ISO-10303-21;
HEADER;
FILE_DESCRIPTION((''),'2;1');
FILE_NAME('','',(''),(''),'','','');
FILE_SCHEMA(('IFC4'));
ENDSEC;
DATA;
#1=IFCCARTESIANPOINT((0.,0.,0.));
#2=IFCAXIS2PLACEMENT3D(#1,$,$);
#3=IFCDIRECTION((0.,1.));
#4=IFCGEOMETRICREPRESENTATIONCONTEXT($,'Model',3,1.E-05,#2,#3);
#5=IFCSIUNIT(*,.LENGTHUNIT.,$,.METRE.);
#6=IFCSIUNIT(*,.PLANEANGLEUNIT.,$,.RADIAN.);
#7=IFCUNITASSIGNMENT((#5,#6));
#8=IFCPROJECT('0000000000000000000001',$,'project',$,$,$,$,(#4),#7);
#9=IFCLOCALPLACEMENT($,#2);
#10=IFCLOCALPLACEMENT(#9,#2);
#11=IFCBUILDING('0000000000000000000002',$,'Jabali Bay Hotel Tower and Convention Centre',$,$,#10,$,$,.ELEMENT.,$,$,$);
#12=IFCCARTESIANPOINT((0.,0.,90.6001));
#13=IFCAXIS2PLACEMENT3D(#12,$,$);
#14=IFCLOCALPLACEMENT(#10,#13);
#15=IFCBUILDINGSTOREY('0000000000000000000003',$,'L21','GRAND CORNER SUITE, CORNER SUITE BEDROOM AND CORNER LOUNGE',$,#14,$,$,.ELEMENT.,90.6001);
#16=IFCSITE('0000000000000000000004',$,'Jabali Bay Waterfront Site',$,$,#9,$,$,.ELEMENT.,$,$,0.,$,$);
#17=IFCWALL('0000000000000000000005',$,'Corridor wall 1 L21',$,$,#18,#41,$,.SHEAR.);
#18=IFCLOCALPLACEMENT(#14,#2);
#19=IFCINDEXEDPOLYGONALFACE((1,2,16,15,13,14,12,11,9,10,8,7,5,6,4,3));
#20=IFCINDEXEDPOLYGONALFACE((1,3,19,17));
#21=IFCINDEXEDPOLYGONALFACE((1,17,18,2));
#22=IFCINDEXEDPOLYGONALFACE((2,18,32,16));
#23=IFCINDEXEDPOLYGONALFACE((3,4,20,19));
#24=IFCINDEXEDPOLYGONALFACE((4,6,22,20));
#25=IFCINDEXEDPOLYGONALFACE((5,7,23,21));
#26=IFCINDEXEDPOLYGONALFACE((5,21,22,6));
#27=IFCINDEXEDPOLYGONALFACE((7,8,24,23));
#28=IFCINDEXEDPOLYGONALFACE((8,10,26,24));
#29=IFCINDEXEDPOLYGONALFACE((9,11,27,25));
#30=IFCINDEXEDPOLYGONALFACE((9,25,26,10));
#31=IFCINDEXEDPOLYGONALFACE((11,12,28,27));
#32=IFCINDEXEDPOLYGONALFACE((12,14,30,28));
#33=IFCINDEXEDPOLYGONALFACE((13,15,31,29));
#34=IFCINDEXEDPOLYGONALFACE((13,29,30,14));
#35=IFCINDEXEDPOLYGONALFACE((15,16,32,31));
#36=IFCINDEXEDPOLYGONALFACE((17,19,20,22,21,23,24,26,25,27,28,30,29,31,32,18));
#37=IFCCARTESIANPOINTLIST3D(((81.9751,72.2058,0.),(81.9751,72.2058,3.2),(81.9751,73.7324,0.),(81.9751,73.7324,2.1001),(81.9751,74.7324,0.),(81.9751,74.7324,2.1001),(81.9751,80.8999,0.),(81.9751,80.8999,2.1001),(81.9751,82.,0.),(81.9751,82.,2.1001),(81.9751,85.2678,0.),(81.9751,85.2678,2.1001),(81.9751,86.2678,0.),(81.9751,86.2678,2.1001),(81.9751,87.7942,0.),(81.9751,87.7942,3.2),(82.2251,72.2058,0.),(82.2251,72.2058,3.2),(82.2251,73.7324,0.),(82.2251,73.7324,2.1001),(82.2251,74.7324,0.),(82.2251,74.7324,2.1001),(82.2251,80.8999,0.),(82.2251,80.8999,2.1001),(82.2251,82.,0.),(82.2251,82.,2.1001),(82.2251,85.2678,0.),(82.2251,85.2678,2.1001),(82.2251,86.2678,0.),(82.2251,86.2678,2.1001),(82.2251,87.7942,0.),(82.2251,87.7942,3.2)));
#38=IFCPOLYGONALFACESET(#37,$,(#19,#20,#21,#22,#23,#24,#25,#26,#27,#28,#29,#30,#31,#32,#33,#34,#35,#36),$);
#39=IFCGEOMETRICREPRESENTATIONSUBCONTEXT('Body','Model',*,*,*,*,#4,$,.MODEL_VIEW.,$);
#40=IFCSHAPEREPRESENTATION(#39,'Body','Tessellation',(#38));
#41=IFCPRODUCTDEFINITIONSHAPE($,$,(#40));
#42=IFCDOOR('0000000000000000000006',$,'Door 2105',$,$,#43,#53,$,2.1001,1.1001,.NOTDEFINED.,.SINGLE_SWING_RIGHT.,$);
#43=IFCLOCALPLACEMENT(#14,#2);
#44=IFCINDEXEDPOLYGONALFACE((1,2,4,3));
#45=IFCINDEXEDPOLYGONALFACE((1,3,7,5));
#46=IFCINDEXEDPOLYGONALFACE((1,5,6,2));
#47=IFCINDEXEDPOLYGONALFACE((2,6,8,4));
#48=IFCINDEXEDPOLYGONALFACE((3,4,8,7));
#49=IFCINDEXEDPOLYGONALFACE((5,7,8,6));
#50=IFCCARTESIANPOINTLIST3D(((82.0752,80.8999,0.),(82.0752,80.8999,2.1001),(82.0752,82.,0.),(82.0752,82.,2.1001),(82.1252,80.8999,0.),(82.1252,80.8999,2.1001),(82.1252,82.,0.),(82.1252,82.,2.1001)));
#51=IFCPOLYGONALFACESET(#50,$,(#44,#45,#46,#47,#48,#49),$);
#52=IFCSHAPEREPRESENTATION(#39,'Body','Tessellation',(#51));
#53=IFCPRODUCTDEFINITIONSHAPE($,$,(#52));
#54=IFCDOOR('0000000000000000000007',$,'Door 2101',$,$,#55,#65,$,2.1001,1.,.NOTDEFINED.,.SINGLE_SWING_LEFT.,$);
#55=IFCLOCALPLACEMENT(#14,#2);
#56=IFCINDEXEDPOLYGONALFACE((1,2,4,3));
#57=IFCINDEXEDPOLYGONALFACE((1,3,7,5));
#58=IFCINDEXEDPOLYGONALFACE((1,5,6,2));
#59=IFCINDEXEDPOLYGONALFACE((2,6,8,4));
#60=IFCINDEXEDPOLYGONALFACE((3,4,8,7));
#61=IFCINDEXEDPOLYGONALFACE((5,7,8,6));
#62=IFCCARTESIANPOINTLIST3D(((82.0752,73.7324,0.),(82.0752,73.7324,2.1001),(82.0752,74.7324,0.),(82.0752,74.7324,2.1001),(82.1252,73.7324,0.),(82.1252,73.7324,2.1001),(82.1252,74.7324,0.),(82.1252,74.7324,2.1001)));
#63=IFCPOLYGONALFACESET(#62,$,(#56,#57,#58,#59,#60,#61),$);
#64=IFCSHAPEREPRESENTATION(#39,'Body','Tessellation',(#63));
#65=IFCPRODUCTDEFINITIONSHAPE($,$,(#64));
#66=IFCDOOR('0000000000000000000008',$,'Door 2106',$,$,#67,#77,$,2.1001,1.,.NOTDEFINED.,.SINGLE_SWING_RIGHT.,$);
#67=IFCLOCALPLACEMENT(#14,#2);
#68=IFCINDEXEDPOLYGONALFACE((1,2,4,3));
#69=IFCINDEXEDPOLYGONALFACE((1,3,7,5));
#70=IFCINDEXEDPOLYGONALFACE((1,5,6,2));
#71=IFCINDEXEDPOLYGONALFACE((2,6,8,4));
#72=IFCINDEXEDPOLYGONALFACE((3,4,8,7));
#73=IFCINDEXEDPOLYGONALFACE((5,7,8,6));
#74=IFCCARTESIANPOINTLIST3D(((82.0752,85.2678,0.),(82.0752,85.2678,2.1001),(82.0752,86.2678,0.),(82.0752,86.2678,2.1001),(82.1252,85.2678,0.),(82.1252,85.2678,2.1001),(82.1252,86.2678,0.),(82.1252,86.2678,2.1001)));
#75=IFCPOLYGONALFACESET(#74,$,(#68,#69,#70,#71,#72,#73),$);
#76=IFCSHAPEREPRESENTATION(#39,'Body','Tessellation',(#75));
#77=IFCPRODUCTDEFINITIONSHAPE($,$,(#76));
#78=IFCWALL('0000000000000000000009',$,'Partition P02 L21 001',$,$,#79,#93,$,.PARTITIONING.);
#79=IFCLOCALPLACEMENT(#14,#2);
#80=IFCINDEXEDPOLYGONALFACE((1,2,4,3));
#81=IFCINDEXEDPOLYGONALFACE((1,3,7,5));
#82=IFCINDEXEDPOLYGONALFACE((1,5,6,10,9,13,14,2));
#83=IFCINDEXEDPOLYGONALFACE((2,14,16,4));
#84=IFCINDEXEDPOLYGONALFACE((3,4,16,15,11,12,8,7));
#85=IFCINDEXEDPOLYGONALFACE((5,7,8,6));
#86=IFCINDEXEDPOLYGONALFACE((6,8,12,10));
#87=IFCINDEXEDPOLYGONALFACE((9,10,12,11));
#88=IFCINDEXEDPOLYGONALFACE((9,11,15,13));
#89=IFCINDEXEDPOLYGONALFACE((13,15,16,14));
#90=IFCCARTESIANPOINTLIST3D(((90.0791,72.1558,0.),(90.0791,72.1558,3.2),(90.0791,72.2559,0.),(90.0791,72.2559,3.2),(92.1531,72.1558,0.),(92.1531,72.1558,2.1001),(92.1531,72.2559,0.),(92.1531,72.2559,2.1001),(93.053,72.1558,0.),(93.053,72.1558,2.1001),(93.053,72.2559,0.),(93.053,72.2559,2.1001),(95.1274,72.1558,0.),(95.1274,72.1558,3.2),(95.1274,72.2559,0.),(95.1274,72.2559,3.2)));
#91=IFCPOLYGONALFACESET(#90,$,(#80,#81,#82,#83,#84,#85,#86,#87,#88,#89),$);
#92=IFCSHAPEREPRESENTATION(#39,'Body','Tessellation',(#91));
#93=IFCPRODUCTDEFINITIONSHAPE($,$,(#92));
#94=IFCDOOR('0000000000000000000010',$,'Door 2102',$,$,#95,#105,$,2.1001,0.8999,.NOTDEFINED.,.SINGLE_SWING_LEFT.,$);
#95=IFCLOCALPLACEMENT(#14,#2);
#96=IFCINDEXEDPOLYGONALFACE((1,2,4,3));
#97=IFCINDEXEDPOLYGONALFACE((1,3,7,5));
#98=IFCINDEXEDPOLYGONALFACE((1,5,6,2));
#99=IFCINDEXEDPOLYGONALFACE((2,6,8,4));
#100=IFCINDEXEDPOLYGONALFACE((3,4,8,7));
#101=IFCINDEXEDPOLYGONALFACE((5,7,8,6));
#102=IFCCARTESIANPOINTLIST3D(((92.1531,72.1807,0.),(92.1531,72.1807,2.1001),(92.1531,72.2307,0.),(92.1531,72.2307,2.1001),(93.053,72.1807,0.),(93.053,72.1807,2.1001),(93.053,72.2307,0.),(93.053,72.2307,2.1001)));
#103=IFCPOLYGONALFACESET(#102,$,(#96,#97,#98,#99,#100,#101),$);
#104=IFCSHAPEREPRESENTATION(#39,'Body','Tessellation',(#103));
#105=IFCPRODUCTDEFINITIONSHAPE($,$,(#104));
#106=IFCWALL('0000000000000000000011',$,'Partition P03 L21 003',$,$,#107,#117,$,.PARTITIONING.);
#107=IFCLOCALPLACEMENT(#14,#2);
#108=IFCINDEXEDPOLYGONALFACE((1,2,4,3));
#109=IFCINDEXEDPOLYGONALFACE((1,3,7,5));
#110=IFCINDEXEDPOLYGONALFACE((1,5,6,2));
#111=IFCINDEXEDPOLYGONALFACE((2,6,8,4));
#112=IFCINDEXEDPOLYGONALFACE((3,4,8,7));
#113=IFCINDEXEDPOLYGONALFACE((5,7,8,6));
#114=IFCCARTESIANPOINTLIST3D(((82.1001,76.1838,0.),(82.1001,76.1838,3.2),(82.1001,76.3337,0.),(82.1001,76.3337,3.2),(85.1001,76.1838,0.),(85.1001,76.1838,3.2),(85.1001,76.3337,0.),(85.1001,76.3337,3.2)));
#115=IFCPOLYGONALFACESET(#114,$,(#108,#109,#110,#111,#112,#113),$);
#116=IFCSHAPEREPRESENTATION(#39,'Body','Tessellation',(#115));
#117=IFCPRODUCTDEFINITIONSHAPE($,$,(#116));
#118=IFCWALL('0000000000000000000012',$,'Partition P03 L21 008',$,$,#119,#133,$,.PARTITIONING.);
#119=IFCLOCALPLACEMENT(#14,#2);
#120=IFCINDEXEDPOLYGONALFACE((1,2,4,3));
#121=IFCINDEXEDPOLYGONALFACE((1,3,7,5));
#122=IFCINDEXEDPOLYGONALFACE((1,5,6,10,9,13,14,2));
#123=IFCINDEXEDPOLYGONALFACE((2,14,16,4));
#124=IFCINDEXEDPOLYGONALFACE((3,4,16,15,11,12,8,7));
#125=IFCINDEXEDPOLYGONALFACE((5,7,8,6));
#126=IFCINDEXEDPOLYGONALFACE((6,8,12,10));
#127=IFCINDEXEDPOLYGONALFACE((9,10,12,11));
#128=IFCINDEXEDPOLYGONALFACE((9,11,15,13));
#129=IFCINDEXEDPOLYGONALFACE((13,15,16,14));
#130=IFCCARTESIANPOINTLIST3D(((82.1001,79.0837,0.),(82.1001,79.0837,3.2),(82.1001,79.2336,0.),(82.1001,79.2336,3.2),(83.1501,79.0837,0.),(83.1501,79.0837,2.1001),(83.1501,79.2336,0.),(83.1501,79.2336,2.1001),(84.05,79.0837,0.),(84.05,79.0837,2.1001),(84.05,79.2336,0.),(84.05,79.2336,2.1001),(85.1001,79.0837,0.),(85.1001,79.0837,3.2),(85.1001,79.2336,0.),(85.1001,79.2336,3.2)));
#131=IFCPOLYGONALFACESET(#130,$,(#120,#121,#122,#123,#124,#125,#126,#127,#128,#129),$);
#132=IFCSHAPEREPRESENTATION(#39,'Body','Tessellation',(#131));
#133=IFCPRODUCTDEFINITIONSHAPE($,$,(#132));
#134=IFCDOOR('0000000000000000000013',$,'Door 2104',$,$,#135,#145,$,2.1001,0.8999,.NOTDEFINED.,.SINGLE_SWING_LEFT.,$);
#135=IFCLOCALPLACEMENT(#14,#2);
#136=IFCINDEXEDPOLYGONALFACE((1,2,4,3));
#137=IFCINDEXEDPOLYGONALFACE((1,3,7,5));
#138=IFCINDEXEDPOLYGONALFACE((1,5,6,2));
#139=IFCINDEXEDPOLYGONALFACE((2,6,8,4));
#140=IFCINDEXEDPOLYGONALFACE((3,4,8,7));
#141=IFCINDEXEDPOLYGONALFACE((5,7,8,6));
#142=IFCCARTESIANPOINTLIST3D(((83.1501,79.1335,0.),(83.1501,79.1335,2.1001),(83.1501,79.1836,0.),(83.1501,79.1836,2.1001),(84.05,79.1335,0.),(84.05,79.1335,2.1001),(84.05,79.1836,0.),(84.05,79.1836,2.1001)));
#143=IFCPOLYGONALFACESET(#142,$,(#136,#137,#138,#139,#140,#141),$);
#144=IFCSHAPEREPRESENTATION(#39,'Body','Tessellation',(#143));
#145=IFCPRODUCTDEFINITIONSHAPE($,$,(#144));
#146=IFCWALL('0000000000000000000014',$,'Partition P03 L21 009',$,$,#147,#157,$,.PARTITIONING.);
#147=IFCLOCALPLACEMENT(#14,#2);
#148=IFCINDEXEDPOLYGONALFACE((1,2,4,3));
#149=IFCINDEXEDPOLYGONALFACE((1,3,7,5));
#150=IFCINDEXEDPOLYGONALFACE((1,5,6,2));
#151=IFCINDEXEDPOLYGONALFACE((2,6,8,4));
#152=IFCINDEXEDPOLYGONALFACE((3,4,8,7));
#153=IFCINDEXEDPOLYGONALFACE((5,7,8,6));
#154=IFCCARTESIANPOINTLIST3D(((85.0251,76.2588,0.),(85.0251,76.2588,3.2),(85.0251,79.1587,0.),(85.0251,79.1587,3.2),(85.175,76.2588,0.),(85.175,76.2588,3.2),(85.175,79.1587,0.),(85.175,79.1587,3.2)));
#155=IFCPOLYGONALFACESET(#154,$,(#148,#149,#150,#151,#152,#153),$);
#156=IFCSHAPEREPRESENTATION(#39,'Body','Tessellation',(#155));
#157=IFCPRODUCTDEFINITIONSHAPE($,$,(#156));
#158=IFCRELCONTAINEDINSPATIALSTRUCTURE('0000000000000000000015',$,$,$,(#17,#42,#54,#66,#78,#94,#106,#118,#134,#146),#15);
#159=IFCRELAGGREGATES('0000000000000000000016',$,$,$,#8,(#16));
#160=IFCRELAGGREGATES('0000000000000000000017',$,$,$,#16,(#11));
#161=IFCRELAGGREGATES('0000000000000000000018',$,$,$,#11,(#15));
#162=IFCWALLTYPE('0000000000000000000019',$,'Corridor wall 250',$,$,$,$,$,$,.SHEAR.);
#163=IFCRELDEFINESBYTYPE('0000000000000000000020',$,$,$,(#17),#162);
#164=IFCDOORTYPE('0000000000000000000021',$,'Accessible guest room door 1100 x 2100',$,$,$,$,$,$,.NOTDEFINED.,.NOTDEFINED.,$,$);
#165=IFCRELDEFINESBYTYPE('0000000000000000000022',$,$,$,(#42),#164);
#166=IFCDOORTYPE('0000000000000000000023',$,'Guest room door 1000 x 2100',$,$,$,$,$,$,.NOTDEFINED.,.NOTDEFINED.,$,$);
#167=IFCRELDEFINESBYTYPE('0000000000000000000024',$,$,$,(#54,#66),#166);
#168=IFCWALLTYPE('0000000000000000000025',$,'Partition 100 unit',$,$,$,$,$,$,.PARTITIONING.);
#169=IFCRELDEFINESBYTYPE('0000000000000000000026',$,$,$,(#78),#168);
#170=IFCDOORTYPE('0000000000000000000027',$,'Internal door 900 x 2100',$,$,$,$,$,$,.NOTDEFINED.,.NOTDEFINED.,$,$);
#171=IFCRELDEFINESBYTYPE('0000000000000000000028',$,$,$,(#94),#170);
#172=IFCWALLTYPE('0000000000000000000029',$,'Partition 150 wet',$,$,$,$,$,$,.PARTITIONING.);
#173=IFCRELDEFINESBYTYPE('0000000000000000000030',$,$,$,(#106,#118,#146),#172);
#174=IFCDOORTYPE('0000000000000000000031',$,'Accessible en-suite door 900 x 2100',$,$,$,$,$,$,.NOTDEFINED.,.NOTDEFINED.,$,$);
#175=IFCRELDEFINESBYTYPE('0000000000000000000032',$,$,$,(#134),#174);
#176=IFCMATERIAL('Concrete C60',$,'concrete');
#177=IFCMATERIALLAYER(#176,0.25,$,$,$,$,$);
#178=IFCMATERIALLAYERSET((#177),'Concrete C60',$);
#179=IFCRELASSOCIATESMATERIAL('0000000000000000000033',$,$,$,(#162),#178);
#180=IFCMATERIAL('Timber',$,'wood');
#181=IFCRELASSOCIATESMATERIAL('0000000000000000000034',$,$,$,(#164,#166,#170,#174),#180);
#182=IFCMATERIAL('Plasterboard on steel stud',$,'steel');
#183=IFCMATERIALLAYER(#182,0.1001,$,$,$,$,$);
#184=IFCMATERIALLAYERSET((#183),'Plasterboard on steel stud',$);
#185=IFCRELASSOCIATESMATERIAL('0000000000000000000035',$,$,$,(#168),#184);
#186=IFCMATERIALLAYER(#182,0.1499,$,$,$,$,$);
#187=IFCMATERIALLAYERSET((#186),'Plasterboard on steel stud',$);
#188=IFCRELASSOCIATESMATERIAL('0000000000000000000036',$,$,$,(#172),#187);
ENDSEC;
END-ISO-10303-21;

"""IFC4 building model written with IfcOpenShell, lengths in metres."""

from ifc_helpers import new_model, si_unit, direction, frame, frame_2d, origin, place, context, subcontext, project, spatial, rectangle, extrude, material, layer, layer_set, type_object, element, fill, save


model = new_model("IFC4")

# Units and contexts
model_context = context("Model", 3, precision=1e-05, world=origin(), true_north=direction((0.0, 1.0)))
body_context = subcontext(model_context, "Body", "Model", "MODEL_VIEW")
ifc_project = project(units=[si_unit("LENGTHUNIT", "METRE"), si_unit("PLANEANGLEUNIT", "RADIAN")], contexts=[model_context])

# Site, building, storey
site_placement = place(None, origin())
site = spatial("IfcSite", under=ifc_project, at=site_placement, Name="Jabali Bay Waterfront Site", CompositionType="ELEMENT", RefElevation=0.0)
building_placement = place(site_placement, origin())
building = spatial("IfcBuilding", under=site, at=building_placement, Name="Jabali Bay Hotel Tower and Convention Centre", CompositionType="ELEMENT")
storey_placement = place(building_placement, frame((0.0, 0.0, 90.6001)))
storey = spatial("IfcBuildingStorey", under=building, at=storey_placement, Name="L21", Description="GRAND CORNER SUITE, CORNER SUITE BEDROOM AND CORNER LOUNGE", CompositionType="ELEMENT", Elevation=90.6001)

# Shared definitions
ifc_material_1 = material(Name="Concrete C60", Category="concrete")

# Wall, openings, doors
ifc_layer_1 = layer(ifc_material_1, 0.25)
ifc_layer_set_1 = layer_set([ifc_layer_1], Name="Concrete C60")
wall_type_1 = type_object("IfcWallType", Name="Corridor wall 250", PredefinedType="SHEAR", material=ifc_layer_set_1)
wall_1_placement = place(storey_placement, frame((82.1001, 72.2058, 0.0), z_axis=(0.0, 0.0, 1.0), x_axis=(0.0, 1.0, 0.0)))
wall_1 = element("IfcWall", 1, at=wall_1_placement, inside=storey, type_object=wall_type_1, Name="Corridor wall 1 L21", PredefinedType="SHEAR", context=body_context, shape_type="SweptSolid", body=[
    extrude(rectangle(XDim=15.5884, YDim=0.25, at=frame_2d((7.7942, 0.0))), origin(), (0.0, 0.0, 1.0), 3.2),
])
opening_1_placement = place(wall_1_placement, frame((1.5266, 0.0, 0.0)))
opening_1 = element("IfcOpeningElement", 2, at=opening_1_placement, cuts=wall_1, PredefinedType="OPENING", context=body_context, shape_type="SweptSolid", body=[
    extrude(rectangle(XDim=1.0, YDim=2.1001, at=frame_2d((0.5, 1.05))), frame((0.0, 0.1355, 0.0), z_axis=(0.0, -1.0, 0.0), x_axis=(1.0, 0.0, 0.0)), (0.0, 0.0, 1.0), 0.271),
])
opening_2_placement = place(wall_1_placement, frame((8.6941, 0.0, 0.0)))
opening_2 = element("IfcOpeningElement", 3, at=opening_2_placement, cuts=wall_1, PredefinedType="OPENING", context=body_context, shape_type="SweptSolid", body=[
    extrude(rectangle(XDim=1.1001, YDim=2.1001, at=frame_2d((0.55, 1.05))), frame((0.0, 0.1355, 0.0), z_axis=(0.0, -1.0, 0.0), x_axis=(1.0, 0.0, 0.0)), (0.0, 0.0, 1.0), 0.271),
])
opening_3_placement = place(wall_1_placement, frame((13.062, 0.0, 0.0)))
opening_3 = element("IfcOpeningElement", 4, at=opening_3_placement, cuts=wall_1, PredefinedType="OPENING", context=body_context, shape_type="SweptSolid", body=[
    extrude(rectangle(XDim=1.0, YDim=2.1001, at=frame_2d((0.5, 1.05))), frame((0.0, 0.1355, 0.0), z_axis=(0.0, -1.0, 0.0), x_axis=(1.0, 0.0, 0.0)), (0.0, 0.0, 1.0), 0.271),
])
ifc_material_2 = material(Name="Timber", Category="wood")
door_type_1 = type_object("IfcDoorType", Name="Accessible guest room door 1100 x 2100", OperationType="NOTDEFINED", PredefinedType="NOTDEFINED", material=ifc_material_2)
door_1_placement = place(opening_2_placement, origin())
door_1 = element("IfcDoor", 5, at=door_1_placement, inside=storey, type_object=door_type_1, Name="Door 2105", OperationType="SINGLE_SWING_RIGHT", OverallHeight=2.1001, OverallWidth=1.1001, PredefinedType="NOTDEFINED", context=body_context, shape_type="SweptSolid", body=[
    extrude(rectangle(XDim=1.1001, YDim=2.1001, at=frame_2d((0.55, 1.05))), frame((0.0, 0.0249, 0.0), z_axis=(0.0, -1.0, 0.0), x_axis=(1.0, 0.0, 0.0)), (0.0, 0.0, 1.0), 0.05),
])
fill(opening_2, door_1)
door_type_2 = type_object("IfcDoorType", Name="Guest room door 1000 x 2100", OperationType="NOTDEFINED", PredefinedType="NOTDEFINED", material=ifc_material_2)
door_2_placement = place(opening_1_placement, origin())
door_2 = element("IfcDoor", 6, at=door_2_placement, inside=storey, type_object=door_type_2, Name="Door 2101", OperationType="SINGLE_SWING_LEFT", OverallHeight=2.1001, OverallWidth=1.0, PredefinedType="NOTDEFINED", context=body_context, shape_type="SweptSolid", body=[
    extrude(rectangle(XDim=1.0, YDim=2.1001, at=frame_2d((0.5, 1.05))), frame((0.0, 0.0249, 0.0), z_axis=(0.0, -1.0, 0.0), x_axis=(1.0, 0.0, 0.0)), (0.0, 0.0, 1.0), 0.05),
])
fill(opening_1, door_2)
door_3_placement = place(opening_3_placement, origin())
door_3 = element("IfcDoor", 7, at=door_3_placement, inside=storey, type_object=door_type_2, Name="Door 2106", OperationType="SINGLE_SWING_RIGHT", OverallHeight=2.1001, OverallWidth=1.0, PredefinedType="NOTDEFINED", context=body_context, shape_type="SweptSolid", body=[
    extrude(rectangle(XDim=1.0, YDim=2.1001, at=frame_2d((0.5, 1.05))), frame((0.0, 0.0249, 0.0), z_axis=(0.0, -1.0, 0.0), x_axis=(1.0, 0.0, 0.0)), (0.0, 0.0, 1.0), 0.05),
])
fill(opening_3, door_3)

# Wall, opening, door
ifc_material_3 = material(Name="Plasterboard on steel stud", Category="steel")
ifc_layer_2 = layer(ifc_material_3, 0.1001)
ifc_layer_set_2 = layer_set([ifc_layer_2], Name="Plasterboard on steel stud")
wall_type_2 = type_object("IfcWallType", Name="Partition 100 unit", PredefinedType="PARTITIONING", material=ifc_layer_set_2)
wall_2_placement = place(storey_placement, frame((90.0791, 72.2058, 0.0), z_axis=(0.0, 0.0, 1.0), x_axis=(1.0, 0.0, 0.0)))
wall_2 = element("IfcWall", 8, at=wall_2_placement, inside=storey, type_object=wall_type_2, Name="Partition P02 L21 001", PredefinedType="PARTITIONING", context=body_context, shape_type="SweptSolid", body=[
    extrude(rectangle(XDim=5.0483, YDim=0.1001, at=frame_2d((2.5242, 0.0))), origin(), (0.0, 0.0, 1.0), 3.2),
])
opening_4_placement = place(wall_2_placement, frame((2.074, 0.0, 0.0)))
opening_4 = element("IfcOpeningElement", 9, at=opening_4_placement, cuts=wall_2, PredefinedType="OPENING", context=body_context, shape_type="SweptSolid", body=[
    extrude(rectangle(XDim=0.8999, YDim=2.1001, at=frame_2d((0.45, 1.05))), frame((0.0, 0.0605, 0.0), z_axis=(0.0, -1.0, 0.0), x_axis=(1.0, 0.0, 0.0)), (0.0, 0.0, 1.0), 0.1211),
])
door_type_3 = type_object("IfcDoorType", Name="Internal door 900 x 2100", OperationType="NOTDEFINED", PredefinedType="NOTDEFINED", material=ifc_material_2)
door_4_placement = place(opening_4_placement, origin())
door_4 = element("IfcDoor", 10, at=door_4_placement, inside=storey, type_object=door_type_3, Name="Door 2102", OperationType="SINGLE_SWING_LEFT", OverallHeight=2.1001, OverallWidth=0.8999, PredefinedType="NOTDEFINED", context=body_context, shape_type="SweptSolid", body=[
    extrude(rectangle(XDim=0.8999, YDim=2.1001, at=frame_2d((0.45, 1.05))), frame((0.0, 0.0249, 0.0), z_axis=(0.0, -1.0, 0.0), x_axis=(1.0, 0.0, 0.0)), (0.0, 0.0, 1.0), 0.05),
])
fill(opening_4, door_4)

# Wall
ifc_layer_3 = layer(ifc_material_3, 0.1499)
ifc_layer_set_3 = layer_set([ifc_layer_3], Name="Plasterboard on steel stud")
wall_type_3 = type_object("IfcWallType", Name="Partition 150 wet", PredefinedType="PARTITIONING", material=ifc_layer_set_3)
wall_3_placement = place(storey_placement, frame((85.1001, 76.2588, 0.0), z_axis=(0.0, 0.0, 1.0), x_axis=(-1.0, 0.0, 0.0)))
element("IfcWall", 11, at=wall_3_placement, inside=storey, type_object=wall_type_3, Name="Partition P03 L21 003", PredefinedType="PARTITIONING", context=body_context, shape_type="SweptSolid", body=[
    extrude(rectangle(XDim=3.0, YDim=0.1499, at=frame_2d((1.5, 0.0))), origin(), (0.0, 0.0, 1.0), 3.2),
])

# Wall, opening, door
wall_4_placement = place(storey_placement, frame((82.1001, 79.1587, 0.0), z_axis=(0.0, 0.0, 1.0), x_axis=(1.0, 0.0, 0.0)))
wall_4 = element("IfcWall", 12, at=wall_4_placement, inside=storey, type_object=wall_type_3, Name="Partition P03 L21 008", PredefinedType="PARTITIONING", context=body_context, shape_type="SweptSolid", body=[
    extrude(rectangle(XDim=3.0, YDim=0.1499, at=frame_2d((1.5, 0.0))), origin(), (0.0, 0.0, 1.0), 3.2),
])
opening_5_placement = place(wall_4_placement, frame((1.05, 0.0, 0.0)))
opening_5 = element("IfcOpeningElement", 13, at=opening_5_placement, cuts=wall_4, PredefinedType="OPENING", context=body_context, shape_type="SweptSolid", body=[
    extrude(rectangle(XDim=0.8999, YDim=2.1001, at=frame_2d((0.45, 1.05))), frame((0.0, 0.0854, 0.0), z_axis=(0.0, -1.0, 0.0), x_axis=(1.0, 0.0, 0.0)), (0.0, 0.0, 1.0), 0.1709),
])
door_type_4 = type_object("IfcDoorType", Name="Accessible en-suite door 900 x 2100", OperationType="NOTDEFINED", PredefinedType="NOTDEFINED", material=ifc_material_2)
door_5_placement = place(opening_5_placement, origin())
door_5 = element("IfcDoor", 14, at=door_5_placement, inside=storey, type_object=door_type_4, Name="Door 2104", OperationType="SINGLE_SWING_LEFT", OverallHeight=2.1001, OverallWidth=0.8999, PredefinedType="NOTDEFINED", context=body_context, shape_type="SweptSolid", body=[
    extrude(rectangle(XDim=0.8999, YDim=2.1001, at=frame_2d((0.45, 1.05))), frame((0.0, 0.0249, 0.0), z_axis=(0.0, -1.0, 0.0), x_axis=(1.0, 0.0, 0.0)), (0.0, 0.0, 1.0), 0.05),
])
fill(opening_5, door_5)

# Wall
wall_5_placement = place(storey_placement, frame((85.1001, 79.1587, 0.0), z_axis=(0.0, 0.0, 1.0), x_axis=(0.0, -1.0, 0.0)))
element("IfcWall", 15, at=wall_5_placement, inside=storey, type_object=wall_type_3, Name="Partition P03 L21 009", PredefinedType="PARTITIONING", context=body_context, shape_type="SweptSolid", body=[
    extrude(rectangle(XDim=2.8999, YDim=0.1499, at=frame_2d((1.45, 0.0))), origin(), (0.0, 0.0, 1.0), 3.2),
])

save(model, "model.ifc")
